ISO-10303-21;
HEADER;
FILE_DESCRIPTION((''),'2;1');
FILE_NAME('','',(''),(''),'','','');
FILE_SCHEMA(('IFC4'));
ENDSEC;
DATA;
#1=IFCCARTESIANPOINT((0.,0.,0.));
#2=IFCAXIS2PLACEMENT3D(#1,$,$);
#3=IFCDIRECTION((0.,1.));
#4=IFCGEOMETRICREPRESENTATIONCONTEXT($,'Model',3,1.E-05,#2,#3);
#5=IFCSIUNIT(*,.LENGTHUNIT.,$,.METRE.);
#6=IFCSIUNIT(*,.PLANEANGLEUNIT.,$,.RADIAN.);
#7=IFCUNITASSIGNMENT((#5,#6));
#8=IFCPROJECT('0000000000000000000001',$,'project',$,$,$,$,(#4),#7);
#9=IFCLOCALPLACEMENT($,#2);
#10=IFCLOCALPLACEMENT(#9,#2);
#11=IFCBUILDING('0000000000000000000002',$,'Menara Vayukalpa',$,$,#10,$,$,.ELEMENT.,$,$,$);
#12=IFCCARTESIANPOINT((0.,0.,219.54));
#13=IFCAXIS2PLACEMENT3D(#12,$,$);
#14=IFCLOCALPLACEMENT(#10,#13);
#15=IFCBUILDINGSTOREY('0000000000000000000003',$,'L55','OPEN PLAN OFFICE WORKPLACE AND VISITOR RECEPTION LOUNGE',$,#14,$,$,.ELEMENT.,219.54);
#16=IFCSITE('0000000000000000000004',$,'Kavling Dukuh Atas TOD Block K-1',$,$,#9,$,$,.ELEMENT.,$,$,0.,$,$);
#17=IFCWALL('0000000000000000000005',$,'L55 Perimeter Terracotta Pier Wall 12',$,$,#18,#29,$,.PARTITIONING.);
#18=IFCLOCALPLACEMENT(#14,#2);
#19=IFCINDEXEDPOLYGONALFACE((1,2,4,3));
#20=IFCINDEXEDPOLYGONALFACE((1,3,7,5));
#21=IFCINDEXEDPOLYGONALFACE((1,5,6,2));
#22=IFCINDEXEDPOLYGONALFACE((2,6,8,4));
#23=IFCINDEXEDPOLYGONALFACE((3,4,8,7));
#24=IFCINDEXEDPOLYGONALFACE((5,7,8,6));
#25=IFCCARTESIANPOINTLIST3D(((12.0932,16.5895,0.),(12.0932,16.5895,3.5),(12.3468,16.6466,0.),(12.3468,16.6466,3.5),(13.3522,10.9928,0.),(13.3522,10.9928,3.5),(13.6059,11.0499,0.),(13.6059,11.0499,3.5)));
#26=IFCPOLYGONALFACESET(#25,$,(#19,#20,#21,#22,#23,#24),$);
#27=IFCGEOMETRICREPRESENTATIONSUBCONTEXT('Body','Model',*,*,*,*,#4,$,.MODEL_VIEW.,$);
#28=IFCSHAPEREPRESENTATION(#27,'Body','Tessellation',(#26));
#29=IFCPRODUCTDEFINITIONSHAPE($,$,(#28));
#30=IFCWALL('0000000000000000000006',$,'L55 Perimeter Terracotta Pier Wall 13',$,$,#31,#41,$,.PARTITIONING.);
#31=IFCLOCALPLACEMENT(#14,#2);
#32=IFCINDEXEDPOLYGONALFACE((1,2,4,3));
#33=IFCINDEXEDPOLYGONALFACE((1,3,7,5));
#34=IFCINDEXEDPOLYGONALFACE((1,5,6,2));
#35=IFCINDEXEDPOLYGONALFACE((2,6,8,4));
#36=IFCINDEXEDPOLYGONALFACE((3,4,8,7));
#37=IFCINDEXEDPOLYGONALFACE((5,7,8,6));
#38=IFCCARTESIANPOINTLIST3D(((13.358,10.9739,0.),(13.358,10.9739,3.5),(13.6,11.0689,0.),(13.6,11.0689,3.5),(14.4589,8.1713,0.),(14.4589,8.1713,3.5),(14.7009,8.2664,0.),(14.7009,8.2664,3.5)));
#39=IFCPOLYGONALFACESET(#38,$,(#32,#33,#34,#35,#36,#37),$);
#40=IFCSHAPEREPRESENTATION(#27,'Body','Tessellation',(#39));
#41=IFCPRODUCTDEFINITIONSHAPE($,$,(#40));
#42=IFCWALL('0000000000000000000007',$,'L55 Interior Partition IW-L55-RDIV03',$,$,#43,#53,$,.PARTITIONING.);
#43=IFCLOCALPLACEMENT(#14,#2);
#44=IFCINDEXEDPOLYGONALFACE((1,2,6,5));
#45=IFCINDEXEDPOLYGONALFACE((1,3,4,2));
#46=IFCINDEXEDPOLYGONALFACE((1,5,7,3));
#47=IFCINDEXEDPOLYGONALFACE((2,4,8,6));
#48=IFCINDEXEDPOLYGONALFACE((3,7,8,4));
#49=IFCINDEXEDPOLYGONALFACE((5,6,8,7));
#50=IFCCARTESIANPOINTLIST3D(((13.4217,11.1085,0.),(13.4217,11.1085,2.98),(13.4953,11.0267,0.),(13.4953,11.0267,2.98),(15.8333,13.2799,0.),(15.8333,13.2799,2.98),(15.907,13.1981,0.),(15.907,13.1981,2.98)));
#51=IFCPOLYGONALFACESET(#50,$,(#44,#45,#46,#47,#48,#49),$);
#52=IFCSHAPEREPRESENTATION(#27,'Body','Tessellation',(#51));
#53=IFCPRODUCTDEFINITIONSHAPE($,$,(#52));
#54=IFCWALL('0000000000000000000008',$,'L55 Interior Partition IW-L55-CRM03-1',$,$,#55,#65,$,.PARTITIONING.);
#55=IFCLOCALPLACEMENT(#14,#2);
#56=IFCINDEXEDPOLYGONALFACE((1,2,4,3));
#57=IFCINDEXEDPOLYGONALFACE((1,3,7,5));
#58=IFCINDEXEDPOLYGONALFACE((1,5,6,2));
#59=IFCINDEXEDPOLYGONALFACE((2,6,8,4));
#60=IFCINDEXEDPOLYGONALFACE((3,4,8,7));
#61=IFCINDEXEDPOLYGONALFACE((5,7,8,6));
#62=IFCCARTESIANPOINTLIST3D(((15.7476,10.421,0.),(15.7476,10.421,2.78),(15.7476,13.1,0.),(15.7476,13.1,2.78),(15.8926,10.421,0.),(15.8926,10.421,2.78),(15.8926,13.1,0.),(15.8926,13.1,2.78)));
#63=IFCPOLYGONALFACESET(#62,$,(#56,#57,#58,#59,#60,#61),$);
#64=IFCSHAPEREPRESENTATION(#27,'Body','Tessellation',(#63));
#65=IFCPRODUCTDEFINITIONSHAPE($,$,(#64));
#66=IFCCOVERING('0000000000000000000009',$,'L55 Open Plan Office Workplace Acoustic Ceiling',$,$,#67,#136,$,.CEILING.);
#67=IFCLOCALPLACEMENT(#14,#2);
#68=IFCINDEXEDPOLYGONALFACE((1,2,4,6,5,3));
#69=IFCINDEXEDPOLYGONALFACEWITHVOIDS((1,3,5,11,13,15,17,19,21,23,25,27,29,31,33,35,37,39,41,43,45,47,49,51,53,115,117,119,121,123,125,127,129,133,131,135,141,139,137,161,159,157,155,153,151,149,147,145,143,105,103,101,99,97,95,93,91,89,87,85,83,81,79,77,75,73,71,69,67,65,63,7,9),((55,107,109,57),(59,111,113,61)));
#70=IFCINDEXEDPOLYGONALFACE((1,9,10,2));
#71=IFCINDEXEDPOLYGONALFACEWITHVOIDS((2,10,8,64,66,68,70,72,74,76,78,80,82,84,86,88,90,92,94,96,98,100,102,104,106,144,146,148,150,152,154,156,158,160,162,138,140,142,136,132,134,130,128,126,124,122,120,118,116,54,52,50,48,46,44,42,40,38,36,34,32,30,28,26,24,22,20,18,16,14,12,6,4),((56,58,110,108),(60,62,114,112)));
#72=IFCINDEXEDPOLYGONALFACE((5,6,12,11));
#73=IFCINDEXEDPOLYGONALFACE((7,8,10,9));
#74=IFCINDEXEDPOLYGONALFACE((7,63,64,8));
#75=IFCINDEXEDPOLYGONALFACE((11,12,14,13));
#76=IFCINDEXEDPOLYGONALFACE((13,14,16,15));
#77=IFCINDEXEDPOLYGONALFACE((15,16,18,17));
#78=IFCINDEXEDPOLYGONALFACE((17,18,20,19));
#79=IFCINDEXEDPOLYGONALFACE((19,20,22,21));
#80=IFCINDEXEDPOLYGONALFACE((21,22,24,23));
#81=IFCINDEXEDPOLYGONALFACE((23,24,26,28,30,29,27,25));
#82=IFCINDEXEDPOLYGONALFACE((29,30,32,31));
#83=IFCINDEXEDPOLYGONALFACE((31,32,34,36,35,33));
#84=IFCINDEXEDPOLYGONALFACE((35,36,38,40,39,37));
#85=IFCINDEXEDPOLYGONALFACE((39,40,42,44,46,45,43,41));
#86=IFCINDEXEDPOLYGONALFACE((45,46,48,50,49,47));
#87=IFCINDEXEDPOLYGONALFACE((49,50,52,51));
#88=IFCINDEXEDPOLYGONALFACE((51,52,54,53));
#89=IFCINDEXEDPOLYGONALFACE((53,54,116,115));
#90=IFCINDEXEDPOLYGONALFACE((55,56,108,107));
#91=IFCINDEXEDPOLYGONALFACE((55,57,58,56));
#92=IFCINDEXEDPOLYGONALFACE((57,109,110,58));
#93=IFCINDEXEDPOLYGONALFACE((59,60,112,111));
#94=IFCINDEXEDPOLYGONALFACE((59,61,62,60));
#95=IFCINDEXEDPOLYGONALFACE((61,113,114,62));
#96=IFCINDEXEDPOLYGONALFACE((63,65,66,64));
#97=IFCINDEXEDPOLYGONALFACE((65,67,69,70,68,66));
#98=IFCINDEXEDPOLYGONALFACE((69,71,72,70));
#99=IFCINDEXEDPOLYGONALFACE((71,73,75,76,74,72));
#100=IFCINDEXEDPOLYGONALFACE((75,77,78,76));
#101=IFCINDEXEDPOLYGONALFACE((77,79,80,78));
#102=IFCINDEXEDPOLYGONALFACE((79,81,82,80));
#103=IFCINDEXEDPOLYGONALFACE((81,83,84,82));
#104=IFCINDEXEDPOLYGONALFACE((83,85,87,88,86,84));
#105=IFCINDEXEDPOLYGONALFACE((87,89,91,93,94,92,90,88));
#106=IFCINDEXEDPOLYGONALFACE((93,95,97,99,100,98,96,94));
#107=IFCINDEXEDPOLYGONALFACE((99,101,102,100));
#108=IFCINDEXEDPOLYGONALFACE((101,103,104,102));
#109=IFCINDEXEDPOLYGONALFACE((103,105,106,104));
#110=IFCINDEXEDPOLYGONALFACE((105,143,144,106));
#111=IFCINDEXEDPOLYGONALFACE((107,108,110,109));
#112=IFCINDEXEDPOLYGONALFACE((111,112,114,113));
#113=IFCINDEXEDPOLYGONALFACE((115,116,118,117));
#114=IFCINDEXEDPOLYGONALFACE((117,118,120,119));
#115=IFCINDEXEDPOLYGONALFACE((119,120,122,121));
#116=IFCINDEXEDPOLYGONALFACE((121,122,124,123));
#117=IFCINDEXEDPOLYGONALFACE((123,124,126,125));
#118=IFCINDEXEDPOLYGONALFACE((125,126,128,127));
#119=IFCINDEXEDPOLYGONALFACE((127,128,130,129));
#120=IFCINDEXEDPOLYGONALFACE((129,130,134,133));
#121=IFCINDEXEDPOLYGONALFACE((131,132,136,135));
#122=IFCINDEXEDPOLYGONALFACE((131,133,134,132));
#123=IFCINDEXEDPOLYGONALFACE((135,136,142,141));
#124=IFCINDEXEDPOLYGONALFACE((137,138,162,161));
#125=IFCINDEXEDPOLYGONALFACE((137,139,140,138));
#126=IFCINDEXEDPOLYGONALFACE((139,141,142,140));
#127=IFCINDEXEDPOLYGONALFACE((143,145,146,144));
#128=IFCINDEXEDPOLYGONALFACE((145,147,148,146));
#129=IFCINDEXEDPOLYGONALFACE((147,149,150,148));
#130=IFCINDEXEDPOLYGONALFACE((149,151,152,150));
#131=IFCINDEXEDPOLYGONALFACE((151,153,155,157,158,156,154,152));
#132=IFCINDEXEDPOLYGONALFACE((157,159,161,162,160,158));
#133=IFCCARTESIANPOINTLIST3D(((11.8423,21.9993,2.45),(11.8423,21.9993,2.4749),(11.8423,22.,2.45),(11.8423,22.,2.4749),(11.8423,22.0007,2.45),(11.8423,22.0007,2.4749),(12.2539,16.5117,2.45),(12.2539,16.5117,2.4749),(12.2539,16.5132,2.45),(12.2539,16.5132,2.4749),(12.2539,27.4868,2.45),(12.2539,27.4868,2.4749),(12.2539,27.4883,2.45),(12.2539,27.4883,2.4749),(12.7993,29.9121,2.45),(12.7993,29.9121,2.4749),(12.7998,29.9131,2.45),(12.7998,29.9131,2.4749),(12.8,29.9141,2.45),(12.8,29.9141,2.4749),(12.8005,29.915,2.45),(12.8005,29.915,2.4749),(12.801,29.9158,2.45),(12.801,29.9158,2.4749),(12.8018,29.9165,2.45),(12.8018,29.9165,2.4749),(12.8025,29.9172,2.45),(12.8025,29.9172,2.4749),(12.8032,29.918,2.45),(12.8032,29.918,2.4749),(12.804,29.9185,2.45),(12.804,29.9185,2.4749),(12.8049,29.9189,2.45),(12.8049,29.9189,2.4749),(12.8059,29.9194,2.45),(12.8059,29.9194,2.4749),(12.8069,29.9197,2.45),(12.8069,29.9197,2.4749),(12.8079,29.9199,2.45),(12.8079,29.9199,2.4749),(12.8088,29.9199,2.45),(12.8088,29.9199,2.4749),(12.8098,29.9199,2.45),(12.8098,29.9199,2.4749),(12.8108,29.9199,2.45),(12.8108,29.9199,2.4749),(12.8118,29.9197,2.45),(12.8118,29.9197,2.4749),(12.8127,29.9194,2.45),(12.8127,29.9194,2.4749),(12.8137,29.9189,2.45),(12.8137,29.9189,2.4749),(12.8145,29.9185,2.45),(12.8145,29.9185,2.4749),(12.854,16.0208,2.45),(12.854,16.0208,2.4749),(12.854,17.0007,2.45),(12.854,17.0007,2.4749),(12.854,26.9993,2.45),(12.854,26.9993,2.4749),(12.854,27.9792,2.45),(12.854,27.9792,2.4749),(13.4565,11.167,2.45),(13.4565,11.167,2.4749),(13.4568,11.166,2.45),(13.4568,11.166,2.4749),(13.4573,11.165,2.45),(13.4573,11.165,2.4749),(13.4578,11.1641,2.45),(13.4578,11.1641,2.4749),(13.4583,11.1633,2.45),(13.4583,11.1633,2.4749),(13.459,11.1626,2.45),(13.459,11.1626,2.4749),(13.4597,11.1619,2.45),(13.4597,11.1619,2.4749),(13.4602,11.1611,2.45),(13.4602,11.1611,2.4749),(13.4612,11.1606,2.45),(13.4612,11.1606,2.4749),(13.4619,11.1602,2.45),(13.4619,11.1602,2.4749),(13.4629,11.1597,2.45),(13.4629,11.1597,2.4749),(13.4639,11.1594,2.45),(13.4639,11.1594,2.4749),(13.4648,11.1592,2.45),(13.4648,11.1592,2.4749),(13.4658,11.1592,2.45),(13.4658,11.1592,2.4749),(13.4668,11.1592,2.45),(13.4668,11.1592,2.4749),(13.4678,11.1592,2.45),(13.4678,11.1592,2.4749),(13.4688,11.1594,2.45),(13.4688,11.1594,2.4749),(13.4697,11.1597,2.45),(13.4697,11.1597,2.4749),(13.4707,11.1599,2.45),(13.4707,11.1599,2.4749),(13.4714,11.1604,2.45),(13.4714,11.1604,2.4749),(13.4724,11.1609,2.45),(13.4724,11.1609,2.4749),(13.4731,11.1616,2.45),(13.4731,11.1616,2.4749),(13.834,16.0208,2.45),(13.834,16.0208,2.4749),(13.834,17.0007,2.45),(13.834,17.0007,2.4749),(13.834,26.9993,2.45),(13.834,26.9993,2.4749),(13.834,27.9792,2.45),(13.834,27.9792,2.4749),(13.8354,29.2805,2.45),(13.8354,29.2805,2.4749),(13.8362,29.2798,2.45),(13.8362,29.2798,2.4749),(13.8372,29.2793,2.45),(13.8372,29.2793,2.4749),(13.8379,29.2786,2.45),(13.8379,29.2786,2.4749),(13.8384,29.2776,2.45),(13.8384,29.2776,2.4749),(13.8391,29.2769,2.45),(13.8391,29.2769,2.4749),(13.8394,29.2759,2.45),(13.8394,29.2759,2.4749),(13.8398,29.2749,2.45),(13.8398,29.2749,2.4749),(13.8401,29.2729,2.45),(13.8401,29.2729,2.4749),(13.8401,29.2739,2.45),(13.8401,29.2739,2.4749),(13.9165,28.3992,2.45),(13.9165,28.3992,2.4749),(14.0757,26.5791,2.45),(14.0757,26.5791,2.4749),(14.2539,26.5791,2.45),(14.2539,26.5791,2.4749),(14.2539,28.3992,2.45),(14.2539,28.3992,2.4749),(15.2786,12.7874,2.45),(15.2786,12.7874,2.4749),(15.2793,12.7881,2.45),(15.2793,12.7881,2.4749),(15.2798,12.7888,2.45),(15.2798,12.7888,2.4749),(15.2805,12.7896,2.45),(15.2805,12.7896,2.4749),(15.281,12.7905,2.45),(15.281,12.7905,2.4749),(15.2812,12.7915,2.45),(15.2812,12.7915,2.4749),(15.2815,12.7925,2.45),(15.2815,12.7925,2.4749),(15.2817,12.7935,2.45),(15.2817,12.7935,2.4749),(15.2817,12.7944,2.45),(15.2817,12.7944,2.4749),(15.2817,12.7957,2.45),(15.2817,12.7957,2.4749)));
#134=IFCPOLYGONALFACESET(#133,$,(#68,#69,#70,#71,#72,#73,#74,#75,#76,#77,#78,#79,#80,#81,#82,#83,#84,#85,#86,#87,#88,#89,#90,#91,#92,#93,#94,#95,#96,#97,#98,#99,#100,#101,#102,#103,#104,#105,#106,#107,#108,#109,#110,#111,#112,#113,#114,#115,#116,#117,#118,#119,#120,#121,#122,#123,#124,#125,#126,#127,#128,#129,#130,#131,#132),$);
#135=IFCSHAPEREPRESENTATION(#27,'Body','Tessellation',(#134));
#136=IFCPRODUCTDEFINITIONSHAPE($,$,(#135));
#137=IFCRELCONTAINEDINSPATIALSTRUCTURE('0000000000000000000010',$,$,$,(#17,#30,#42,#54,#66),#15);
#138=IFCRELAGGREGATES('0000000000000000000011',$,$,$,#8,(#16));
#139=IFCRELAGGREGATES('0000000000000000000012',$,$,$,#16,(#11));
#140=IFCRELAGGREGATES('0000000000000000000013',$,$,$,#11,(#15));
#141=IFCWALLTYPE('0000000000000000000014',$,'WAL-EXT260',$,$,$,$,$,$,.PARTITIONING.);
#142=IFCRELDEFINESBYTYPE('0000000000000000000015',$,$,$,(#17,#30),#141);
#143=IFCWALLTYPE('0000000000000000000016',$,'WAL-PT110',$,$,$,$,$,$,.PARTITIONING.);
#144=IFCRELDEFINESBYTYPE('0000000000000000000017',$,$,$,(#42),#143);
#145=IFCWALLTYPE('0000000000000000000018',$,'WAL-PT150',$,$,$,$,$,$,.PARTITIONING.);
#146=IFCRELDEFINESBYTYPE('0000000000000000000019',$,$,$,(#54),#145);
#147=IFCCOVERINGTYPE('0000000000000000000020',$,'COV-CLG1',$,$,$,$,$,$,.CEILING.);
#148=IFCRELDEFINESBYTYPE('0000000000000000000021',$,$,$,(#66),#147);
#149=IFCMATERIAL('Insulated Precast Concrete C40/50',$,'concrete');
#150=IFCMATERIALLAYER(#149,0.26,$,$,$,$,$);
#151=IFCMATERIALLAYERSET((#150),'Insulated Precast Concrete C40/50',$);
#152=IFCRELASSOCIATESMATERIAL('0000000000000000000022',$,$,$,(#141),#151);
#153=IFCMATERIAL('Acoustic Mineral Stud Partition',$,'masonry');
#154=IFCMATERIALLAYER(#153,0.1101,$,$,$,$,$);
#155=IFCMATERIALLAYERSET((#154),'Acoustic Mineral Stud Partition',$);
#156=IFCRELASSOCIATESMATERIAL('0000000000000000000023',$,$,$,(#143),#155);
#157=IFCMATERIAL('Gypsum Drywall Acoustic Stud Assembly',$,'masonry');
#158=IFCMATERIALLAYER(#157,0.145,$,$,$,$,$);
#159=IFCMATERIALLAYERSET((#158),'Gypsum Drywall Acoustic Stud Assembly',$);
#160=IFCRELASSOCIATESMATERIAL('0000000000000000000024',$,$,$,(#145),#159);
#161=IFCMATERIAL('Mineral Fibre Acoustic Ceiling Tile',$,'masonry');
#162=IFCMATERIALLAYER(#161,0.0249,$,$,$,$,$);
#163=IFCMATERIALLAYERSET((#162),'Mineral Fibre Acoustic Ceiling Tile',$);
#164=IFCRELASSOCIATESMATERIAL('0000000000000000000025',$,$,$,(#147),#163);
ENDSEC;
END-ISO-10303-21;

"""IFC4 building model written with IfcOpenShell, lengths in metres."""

from ifc_helpers import new_model, si_unit, direction, frame, frame_2d, origin, place, context, subcontext, project, spatial, polyline, rectangle, outline, extrude, material, layer, layer_set, type_object, element, save


model = new_model("IFC4")

# Units and contexts
model_context = context("Model", 3, precision=1e-05, world=origin(), true_north=direction((0.0, 1.0)))
body_context = subcontext(model_context, "Body", "Model", "MODEL_VIEW")
ifc_project = project(units=[si_unit("LENGTHUNIT", "METRE"), si_unit("PLANEANGLEUNIT", "RADIAN")], contexts=[model_context])

# Site, building, storey
site_placement = place(None, origin())
site = spatial("IfcSite", under=ifc_project, at=site_placement, Name="Kavling Dukuh Atas TOD Block K-1", CompositionType="ELEMENT", RefElevation=0.0)
building_placement = place(site_placement, origin())
building = spatial("IfcBuilding", under=site, at=building_placement, Name="Menara Vayukalpa", CompositionType="ELEMENT")
storey_placement = place(building_placement, frame((0.0, 0.0, 219.54)))
storey = spatial("IfcBuildingStorey", under=building, at=storey_placement, Name="L55", Description="OPEN PLAN OFFICE WORKPLACE AND VISITOR RECEPTION LOUNGE", CompositionType="ELEMENT", Elevation=219.54)

# Walls
ifc_material_1 = material(Name="Insulated Precast Concrete C40/50", Category="concrete")
ifc_layer_1 = layer(ifc_material_1, 0.26)
ifc_layer_set_1 = layer_set([ifc_layer_1], Name="Insulated Precast Concrete C40/50")
wall_type_1 = type_object("IfcWallType", Name="WAL-EXT260", PredefinedType="PARTITIONING", material=ifc_layer_set_1)
wall_1_placement = place(storey_placement, frame((13.479, 11.0215, 0.0), z_axis=(0.0, 0.0, 1.0), x_axis=(-0.219476, 0.975618, 0.0)))
element("IfcWall", 1, at=wall_1_placement, inside=storey, type_object=wall_type_1, Name="L55 Perimeter Terracotta Pier Wall 12", PredefinedType="PARTITIONING", context=body_context, shape_type="SweptSolid", body=[
    extrude(rectangle(XDim=5.7366, YDim=0.26, at=frame_2d((2.8682, 0.0))), origin(), (0.0, 0.0, 1.0), 3.5),
])
wall_2_placement = place(storey_placement, frame((14.5798, 8.219, 0.0), z_axis=(0.0, 0.0, 1.0), x_axis=(-0.36561, 0.930768, 0.0)))
element("IfcWall", 2, at=wall_2_placement, inside=storey, type_object=wall_type_1, Name="L55 Perimeter Terracotta Pier Wall 13", PredefinedType="PARTITIONING", context=body_context, shape_type="SweptSolid", body=[
    extrude(rectangle(XDim=3.011, YDim=0.26, at=frame_2d((1.5054, 0.0))), origin(), (0.0, 0.0, 1.0), 3.5),
])
ifc_material_2 = material(Name="Acoustic Mineral Stud Partition", Category="masonry")
ifc_layer_2 = layer(ifc_material_2, 0.1101)
ifc_layer_set_2 = layer_set([ifc_layer_2], Name="Acoustic Mineral Stud Partition")
wall_type_2 = type_object("IfcWallType", Name="WAL-PT110", PredefinedType="PARTITIONING", material=ifc_layer_set_2)
wall_3_placement = place(storey_placement, frame((15.8701, 13.239, 0.0), z_axis=(0.0, 0.0, 1.0), x_axis=(-0.743152, -0.669123, 0.0)))
element("IfcWall", 3, at=wall_3_placement, inside=storey, type_object=wall_type_2, Name="L55 Interior Partition IW-L55-RDIV03", PredefinedType="PARTITIONING", context=body_context, shape_type="SweptSolid", body=[
    extrude(rectangle(XDim=3.2451, YDim=0.1101, at=frame_2d((1.6226, 0.0))), origin(), (0.0, 0.0, 1.0), 2.98),
])
ifc_material_3 = material(Name="Gypsum Drywall Acoustic Stud Assembly", Category="masonry")
ifc_layer_3 = layer(ifc_material_3, 0.145)
ifc_layer_set_3 = layer_set([ifc_layer_3], Name="Gypsum Drywall Acoustic Stud Assembly")
wall_type_3 = type_object("IfcWallType", Name="WAL-PT150", PredefinedType="PARTITIONING", material=ifc_layer_set_3)
wall_4_placement = place(storey_placement, frame((15.8201, 13.0999, 0.0), z_axis=(0.0, 0.0, 1.0), x_axis=(0.0, -1.0, 0.0)))
element("IfcWall", 4, at=wall_4_placement, inside=storey, type_object=wall_type_3, Name="L55 Interior Partition IW-L55-CRM03-1", PredefinedType="PARTITIONING", context=body_context, shape_type="SweptSolid", body=[
    extrude(rectangle(XDim=2.679, YDim=0.145, at=frame_2d((1.3394, 0.0))), origin(), (0.0, 0.0, 1.0), 2.78),
])

# Covering
ifc_material_4 = material(Name="Mineral Fibre Acoustic Ceiling Tile", Category="masonry")
ifc_layer_4 = layer(ifc_material_4, 0.0249)
ifc_layer_set_4 = layer_set([ifc_layer_4], Name="Mineral Fibre Acoustic Ceiling Tile")
covering_type_1 = type_object("IfcCoveringType", Name="COV-CLG1", PredefinedType="CEILING", material=ifc_layer_set_4)
covering_1_placement = place(storey_placement, frame((0.0, 0.0, 2.45)))
element("IfcCovering", 5, at=covering_1_placement, inside=storey, type_object=covering_type_1, Name="L55 Open Plan Office Workplace Acoustic Ceiling", PredefinedType="CEILING", context=body_context, shape_type="SweptSolid", body=[
    extrude(outline(polyline([(11.8423, 22.0), (11.8423, 22.0007), (12.2539, 27.4868), (12.2539, 27.4883), (12.7993, 29.9121), (12.7998, 29.9131), (12.8, 29.9141), (12.8005, 29.915), (12.801, 29.9158), (12.8018, 29.9165), (12.8025, 29.9172), (12.8032, 29.918), (12.804, 29.9185), (12.8049, 29.9189), (12.8059, 29.9194), (12.8069, 29.9197), (12.8079, 29.9199), (12.8088, 29.9199), (12.8098, 29.9199), (12.8108, 29.9199), (12.8118, 29.9197), (12.8127, 29.9194), (12.8137, 29.9189), (12.8145, 29.9185), (13.8354, 29.2805), (13.8362, 29.2798), (13.8372, 29.2793), (13.8379, 29.2786), (13.8384, 29.2776), (13.8391, 29.2769), (13.8394, 29.2759), (13.8398, 29.2749), (13.8401, 29.2739), (13.8401, 29.2729), (13.9165, 28.3992), (14.2539, 28.3992), (14.2539, 26.5791), (14.0757, 26.5791), (15.2817, 12.7957), (15.2817, 12.7944), (15.2817, 12.7935), (15.2815, 12.7925), (15.2812, 12.7915), (15.281, 12.7905), (15.2805, 12.7896), (15.2798, 12.7888), (15.2793, 12.7881), (15.2786, 12.7874), (13.4731, 11.1616), (13.4724, 11.1609), (13.4714, 11.1604), (13.4707, 11.1599), (13.4697, 11.1597), (13.4688, 11.1594), (13.4678, 11.1592), (13.4668, 11.1592), (13.4658, 11.1592), (13.4648, 11.1592), (13.4639, 11.1594), (13.4629, 11.1597), (13.4619, 11.1602), (13.4612, 11.1606), (13.4602, 11.1611), (13.4597, 11.1619), (13.459, 11.1626), (13.4583, 11.1633), (13.4578, 11.1641), (13.4573, 11.165), (13.4568, 11.166), (13.4565, 11.167), (12.2539, 16.5117), (12.2539, 16.5132), (11.8423, 21.9993), (11.8423, 22.0)]), holes=[polyline([(13.834, 17.0007), (12.854, 17.0007), (12.854, 16.0208), (13.834, 16.0208), (13.834, 17.0007)]), polyline([(13.834, 27.9792), (12.854, 27.9792), (12.854, 26.9993), (13.834, 26.9993), (13.834, 27.9792)])]), origin(), (0.0, 0.0, 1.0), 0.0249),
])

save(model, "model.ifc")
